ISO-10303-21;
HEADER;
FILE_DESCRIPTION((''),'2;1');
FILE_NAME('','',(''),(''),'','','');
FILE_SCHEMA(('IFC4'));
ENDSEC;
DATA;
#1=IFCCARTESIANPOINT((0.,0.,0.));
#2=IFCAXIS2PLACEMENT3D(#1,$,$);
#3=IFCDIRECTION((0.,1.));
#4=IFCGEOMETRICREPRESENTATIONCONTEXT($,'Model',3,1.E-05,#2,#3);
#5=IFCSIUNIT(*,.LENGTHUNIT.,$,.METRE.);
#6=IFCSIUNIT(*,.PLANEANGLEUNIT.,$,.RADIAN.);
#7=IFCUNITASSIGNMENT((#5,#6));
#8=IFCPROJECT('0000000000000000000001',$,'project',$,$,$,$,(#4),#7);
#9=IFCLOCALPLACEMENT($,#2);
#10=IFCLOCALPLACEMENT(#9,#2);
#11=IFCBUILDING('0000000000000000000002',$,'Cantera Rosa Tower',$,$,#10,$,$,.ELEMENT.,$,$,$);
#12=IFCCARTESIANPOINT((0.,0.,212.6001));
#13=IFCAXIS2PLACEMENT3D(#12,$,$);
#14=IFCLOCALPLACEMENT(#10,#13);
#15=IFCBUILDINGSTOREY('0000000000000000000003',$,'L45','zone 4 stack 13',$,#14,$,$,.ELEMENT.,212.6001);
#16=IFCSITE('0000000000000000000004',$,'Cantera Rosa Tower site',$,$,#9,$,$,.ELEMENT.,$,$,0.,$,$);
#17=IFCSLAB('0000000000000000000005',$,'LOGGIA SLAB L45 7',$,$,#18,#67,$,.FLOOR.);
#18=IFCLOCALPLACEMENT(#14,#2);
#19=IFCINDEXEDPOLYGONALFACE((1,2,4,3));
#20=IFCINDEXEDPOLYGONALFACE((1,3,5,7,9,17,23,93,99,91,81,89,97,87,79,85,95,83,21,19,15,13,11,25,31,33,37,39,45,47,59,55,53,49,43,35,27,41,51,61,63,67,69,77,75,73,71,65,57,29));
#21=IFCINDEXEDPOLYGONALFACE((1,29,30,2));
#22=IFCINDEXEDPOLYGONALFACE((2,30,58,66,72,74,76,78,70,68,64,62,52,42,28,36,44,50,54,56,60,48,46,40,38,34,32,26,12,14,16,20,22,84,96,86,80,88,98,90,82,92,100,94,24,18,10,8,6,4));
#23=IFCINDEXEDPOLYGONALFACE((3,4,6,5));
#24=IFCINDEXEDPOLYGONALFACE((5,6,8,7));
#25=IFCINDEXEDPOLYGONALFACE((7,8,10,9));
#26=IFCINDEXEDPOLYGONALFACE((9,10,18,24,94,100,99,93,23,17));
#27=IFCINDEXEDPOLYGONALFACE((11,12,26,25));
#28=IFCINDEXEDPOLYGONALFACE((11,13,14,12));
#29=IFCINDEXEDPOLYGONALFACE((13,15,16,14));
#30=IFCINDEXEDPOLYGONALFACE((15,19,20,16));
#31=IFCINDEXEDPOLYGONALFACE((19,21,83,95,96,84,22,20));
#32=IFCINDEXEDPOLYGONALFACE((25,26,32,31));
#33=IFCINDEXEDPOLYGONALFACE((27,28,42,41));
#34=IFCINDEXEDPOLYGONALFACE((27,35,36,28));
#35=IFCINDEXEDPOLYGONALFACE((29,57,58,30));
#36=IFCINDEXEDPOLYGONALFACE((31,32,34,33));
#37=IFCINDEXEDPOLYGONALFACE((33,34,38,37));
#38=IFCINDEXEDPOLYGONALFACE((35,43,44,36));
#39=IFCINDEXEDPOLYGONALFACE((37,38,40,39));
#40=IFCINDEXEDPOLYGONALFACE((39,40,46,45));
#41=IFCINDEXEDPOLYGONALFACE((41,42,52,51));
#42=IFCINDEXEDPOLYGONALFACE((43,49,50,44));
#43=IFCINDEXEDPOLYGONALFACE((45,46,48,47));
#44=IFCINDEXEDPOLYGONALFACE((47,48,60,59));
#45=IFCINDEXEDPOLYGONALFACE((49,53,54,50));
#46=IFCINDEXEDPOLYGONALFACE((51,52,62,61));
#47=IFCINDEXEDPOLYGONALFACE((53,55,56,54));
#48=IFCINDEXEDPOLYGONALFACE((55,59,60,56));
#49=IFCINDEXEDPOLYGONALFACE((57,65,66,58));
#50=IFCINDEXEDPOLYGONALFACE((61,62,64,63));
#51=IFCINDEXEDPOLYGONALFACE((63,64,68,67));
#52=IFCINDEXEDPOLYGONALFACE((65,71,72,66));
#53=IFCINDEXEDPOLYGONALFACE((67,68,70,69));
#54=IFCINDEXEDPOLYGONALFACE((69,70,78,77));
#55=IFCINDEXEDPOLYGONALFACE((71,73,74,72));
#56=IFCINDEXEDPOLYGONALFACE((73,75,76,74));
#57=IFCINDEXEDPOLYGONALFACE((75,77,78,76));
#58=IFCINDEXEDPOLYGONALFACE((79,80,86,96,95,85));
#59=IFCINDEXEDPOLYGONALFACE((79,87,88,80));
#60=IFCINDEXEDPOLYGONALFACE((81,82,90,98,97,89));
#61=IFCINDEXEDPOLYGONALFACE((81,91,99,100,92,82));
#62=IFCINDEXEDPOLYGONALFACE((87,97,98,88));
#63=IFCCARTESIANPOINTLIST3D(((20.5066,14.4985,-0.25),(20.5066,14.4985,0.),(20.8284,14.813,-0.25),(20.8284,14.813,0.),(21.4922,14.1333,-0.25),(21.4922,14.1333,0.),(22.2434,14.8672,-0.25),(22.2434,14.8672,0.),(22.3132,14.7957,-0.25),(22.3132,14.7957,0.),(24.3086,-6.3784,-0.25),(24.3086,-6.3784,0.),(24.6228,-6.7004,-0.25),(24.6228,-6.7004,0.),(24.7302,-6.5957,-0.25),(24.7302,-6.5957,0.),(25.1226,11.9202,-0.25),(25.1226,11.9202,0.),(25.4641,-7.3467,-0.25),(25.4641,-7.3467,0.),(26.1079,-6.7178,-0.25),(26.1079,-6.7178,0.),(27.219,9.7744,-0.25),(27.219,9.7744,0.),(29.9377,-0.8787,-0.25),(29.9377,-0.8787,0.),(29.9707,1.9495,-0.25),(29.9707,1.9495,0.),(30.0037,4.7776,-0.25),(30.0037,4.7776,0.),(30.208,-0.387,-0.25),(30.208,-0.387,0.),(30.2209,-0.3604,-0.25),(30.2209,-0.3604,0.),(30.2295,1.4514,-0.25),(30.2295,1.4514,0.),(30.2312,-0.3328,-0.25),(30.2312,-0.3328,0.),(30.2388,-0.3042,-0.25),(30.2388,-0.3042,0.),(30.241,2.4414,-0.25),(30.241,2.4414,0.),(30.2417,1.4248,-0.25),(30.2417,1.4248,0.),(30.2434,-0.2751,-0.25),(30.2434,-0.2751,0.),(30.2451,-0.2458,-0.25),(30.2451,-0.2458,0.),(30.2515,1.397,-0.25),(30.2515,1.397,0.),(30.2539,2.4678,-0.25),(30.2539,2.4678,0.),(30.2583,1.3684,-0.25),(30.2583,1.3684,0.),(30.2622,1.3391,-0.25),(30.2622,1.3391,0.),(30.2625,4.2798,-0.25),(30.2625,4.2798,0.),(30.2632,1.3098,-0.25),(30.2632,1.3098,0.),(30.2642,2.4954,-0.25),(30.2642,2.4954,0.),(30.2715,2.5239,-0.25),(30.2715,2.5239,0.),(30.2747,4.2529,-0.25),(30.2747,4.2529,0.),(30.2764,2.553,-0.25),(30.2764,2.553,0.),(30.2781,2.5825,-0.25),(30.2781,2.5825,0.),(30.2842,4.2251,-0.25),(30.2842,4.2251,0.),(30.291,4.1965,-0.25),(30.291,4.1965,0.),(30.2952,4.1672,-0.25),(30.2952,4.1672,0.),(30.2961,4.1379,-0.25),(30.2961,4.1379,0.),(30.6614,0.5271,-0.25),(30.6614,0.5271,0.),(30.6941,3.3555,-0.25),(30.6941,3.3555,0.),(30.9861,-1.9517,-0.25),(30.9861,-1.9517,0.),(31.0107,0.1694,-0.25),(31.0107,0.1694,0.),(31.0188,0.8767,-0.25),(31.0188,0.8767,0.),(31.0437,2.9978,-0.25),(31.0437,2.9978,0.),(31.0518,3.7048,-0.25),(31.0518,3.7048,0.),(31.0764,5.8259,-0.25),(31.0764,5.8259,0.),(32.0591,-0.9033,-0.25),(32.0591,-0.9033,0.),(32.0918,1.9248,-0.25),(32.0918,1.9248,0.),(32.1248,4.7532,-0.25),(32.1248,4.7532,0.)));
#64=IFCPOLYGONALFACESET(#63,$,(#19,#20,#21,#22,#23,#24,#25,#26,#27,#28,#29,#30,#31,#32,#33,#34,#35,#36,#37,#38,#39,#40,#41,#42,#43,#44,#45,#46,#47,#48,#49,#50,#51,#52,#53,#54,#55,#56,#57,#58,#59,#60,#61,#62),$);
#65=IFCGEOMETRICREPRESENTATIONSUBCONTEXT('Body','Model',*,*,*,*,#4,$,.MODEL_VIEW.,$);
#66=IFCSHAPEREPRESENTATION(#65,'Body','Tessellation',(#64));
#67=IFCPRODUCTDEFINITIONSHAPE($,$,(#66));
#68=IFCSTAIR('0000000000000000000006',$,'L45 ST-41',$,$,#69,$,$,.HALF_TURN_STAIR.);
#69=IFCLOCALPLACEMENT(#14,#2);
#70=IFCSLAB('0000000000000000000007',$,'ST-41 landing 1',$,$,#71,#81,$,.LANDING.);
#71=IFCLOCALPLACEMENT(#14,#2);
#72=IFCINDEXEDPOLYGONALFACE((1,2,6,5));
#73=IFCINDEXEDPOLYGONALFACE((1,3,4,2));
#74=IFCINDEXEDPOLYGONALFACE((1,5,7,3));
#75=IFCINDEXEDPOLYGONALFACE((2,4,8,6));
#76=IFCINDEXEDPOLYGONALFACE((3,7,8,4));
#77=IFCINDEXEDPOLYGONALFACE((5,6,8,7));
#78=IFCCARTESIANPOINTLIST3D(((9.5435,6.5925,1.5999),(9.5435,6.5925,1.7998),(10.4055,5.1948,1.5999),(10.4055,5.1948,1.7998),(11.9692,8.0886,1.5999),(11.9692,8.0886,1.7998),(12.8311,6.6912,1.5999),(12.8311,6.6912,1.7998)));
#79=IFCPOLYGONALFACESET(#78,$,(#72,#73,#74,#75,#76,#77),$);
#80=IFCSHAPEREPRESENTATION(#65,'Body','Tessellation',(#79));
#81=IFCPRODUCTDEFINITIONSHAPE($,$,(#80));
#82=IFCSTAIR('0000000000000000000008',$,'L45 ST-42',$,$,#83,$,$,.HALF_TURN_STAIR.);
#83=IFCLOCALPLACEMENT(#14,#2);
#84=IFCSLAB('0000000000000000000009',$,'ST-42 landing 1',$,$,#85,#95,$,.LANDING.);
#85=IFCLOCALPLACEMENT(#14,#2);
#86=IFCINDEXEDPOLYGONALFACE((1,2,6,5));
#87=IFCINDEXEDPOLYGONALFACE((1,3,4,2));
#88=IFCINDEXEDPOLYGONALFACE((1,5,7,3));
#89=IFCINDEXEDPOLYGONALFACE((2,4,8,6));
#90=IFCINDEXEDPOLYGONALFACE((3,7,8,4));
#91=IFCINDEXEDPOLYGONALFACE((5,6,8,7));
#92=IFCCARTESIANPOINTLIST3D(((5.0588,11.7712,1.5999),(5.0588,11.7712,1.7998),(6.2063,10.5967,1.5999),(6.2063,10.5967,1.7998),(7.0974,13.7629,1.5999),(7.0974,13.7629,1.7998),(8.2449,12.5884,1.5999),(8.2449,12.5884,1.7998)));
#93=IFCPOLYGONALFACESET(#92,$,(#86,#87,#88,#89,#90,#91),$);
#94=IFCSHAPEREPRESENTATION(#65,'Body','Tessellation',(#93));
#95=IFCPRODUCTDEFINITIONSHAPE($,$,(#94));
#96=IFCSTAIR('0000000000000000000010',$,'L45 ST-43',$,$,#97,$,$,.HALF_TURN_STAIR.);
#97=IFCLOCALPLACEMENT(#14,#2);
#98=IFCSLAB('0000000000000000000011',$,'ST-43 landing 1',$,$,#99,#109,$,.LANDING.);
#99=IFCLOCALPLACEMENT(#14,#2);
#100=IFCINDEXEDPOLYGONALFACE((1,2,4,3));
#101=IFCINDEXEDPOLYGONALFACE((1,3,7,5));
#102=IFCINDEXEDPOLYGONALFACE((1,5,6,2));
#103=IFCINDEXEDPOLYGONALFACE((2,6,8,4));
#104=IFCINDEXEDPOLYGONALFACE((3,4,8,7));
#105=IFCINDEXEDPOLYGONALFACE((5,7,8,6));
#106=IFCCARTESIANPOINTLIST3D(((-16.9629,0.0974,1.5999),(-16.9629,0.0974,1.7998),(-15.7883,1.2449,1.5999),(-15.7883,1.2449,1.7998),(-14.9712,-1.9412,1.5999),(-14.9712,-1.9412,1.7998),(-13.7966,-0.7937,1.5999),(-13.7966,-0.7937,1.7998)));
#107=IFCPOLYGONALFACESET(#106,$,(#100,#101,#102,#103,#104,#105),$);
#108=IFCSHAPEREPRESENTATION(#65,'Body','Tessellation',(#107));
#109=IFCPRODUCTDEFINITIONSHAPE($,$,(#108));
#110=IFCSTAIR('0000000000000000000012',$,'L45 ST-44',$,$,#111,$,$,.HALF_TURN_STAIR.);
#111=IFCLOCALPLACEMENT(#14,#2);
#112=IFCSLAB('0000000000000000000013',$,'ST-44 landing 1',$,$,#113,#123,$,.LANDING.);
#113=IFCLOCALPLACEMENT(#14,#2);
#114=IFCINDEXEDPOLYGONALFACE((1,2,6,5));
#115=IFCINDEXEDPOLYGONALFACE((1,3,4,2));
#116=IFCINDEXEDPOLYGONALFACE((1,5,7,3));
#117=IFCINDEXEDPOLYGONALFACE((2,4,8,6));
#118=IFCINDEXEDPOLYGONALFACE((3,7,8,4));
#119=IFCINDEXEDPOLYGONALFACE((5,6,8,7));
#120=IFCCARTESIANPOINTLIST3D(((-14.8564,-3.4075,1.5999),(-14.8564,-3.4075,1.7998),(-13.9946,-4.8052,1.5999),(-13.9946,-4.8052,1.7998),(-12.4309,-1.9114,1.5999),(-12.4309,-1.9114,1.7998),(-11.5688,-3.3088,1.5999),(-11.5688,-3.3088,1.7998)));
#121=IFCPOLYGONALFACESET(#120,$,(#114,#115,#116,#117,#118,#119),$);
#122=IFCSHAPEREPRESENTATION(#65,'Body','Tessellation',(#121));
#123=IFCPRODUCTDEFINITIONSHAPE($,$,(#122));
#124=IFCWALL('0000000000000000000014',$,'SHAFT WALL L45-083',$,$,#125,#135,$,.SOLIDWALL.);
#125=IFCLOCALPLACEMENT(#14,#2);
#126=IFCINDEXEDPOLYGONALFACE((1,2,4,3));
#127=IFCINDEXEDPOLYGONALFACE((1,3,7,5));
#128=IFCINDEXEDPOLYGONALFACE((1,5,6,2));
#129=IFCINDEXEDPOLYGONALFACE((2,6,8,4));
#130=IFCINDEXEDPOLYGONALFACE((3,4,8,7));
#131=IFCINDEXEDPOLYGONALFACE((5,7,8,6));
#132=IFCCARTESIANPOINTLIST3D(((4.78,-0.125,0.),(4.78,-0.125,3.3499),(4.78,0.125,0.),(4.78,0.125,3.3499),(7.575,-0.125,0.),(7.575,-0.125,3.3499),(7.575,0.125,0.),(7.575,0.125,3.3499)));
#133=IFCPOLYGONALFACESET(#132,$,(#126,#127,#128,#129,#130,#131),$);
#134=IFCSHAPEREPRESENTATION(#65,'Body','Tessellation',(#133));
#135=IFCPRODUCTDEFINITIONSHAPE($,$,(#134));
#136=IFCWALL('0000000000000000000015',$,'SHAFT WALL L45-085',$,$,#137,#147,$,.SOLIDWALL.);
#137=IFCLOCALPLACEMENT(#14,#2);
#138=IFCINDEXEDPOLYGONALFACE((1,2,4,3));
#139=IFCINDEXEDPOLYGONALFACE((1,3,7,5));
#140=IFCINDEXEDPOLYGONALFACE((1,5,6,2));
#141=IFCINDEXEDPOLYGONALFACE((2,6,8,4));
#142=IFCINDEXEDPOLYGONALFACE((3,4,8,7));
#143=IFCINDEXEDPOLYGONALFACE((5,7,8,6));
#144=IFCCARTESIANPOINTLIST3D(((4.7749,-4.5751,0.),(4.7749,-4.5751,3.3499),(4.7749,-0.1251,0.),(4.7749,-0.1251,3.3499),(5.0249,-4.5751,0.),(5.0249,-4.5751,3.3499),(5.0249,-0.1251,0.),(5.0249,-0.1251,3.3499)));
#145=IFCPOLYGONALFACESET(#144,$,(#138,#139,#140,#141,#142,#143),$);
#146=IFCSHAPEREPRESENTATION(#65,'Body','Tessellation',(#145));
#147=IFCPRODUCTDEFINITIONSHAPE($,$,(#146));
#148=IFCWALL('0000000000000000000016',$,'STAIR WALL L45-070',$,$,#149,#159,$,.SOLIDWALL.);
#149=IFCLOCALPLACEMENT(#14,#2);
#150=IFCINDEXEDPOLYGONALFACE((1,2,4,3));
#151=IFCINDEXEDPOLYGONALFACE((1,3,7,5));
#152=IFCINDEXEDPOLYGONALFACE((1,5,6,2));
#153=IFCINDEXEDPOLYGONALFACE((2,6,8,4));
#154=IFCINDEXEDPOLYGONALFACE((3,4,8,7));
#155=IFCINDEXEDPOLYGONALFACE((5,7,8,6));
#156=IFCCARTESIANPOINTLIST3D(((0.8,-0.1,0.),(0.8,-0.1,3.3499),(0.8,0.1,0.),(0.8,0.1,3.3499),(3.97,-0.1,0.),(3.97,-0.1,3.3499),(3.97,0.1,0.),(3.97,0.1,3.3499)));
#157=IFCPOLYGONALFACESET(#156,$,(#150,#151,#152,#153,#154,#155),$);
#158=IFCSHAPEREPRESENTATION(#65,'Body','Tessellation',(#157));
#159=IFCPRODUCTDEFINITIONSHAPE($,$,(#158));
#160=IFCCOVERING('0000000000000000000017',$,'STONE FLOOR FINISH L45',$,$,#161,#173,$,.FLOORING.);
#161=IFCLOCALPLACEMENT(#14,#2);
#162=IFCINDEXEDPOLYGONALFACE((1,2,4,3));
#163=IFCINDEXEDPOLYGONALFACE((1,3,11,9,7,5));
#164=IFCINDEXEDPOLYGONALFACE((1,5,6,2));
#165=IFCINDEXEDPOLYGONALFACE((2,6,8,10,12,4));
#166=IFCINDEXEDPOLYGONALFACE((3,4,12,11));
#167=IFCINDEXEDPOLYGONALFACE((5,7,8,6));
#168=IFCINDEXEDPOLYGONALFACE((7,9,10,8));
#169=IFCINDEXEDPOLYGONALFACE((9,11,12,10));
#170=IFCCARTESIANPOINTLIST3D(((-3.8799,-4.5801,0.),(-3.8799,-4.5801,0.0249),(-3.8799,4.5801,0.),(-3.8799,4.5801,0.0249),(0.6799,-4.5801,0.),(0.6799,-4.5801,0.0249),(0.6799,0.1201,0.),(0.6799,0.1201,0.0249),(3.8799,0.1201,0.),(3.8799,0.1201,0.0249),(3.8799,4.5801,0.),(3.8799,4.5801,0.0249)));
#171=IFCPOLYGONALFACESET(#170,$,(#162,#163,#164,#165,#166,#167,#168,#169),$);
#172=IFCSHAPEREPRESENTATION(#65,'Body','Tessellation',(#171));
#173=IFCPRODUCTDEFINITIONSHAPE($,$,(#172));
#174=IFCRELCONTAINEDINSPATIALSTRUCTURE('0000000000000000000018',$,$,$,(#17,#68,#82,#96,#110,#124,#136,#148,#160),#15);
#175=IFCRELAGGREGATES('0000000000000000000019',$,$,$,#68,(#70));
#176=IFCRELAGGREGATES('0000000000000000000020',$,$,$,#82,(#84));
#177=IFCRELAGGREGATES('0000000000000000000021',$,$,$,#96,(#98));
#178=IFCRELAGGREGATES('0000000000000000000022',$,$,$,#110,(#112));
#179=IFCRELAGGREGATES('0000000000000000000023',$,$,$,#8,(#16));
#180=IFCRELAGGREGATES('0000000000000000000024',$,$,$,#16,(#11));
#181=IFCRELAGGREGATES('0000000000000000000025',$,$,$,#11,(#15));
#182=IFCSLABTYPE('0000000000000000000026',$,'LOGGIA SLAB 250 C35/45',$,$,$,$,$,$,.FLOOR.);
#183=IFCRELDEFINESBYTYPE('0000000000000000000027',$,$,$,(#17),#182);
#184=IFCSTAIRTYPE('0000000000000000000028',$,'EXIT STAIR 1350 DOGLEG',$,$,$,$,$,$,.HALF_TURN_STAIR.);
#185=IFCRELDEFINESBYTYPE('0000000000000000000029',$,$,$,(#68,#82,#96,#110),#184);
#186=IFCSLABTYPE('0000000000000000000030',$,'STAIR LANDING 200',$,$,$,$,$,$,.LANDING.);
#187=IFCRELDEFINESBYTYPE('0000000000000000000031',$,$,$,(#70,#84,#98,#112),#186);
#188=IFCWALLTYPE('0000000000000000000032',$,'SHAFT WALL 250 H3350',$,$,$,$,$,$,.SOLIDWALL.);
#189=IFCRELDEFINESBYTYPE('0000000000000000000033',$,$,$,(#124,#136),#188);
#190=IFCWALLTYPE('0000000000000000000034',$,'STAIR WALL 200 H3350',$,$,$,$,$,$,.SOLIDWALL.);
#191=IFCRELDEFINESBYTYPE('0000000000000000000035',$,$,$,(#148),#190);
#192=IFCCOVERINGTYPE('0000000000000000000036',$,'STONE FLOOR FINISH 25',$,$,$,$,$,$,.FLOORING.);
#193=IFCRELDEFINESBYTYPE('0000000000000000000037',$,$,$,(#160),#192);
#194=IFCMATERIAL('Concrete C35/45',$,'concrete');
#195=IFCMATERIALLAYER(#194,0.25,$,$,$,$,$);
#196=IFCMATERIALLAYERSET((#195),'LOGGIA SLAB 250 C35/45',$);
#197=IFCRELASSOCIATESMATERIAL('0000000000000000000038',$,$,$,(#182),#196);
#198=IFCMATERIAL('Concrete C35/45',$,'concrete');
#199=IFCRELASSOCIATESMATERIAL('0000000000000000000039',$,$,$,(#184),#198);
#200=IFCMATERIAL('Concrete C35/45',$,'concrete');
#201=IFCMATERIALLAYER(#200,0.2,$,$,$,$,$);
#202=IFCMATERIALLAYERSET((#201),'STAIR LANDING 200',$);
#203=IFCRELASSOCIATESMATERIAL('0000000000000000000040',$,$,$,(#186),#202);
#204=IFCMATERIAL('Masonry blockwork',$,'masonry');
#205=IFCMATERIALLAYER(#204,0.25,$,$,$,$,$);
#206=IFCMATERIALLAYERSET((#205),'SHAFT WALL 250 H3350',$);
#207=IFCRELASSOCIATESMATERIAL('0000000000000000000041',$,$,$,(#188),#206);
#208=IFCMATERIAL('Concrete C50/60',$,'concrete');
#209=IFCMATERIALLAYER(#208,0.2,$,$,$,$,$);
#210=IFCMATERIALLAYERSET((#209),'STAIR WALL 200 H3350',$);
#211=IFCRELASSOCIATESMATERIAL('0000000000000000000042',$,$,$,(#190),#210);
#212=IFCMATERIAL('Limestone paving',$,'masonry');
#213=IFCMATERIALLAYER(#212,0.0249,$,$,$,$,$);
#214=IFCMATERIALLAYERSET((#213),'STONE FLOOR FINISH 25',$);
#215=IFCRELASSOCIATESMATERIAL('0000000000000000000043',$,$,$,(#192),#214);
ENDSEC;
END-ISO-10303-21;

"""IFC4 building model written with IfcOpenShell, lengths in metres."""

from ifc_helpers import new_model, si_unit, direction, frame, frame_2d, origin, place, context, subcontext, project, spatial, polyline, rectangle, outline, extrude, material, layer, layer_set, type_object, element, aggregate, save


model = new_model("IFC4")

# Units and contexts
model_context = context("Model", 3, precision=1e-05, world=origin(), true_north=direction((0.0, 1.0)))
body_context = subcontext(model_context, "Body", "Model", "MODEL_VIEW")
ifc_project = project(units=[si_unit("LENGTHUNIT", "METRE"), si_unit("PLANEANGLEUNIT", "RADIAN")], contexts=[model_context])

# Site, building, storey
site_placement = place(None, origin())
site = spatial("IfcSite", under=ifc_project, at=site_placement, Name="Cantera Rosa Tower site", CompositionType="ELEMENT", RefElevation=0.0)
building_placement = place(site_placement, origin())
building = spatial("IfcBuilding", under=site, at=building_placement, Name="Cantera Rosa Tower", CompositionType="ELEMENT")
storey_placement = place(building_placement, frame((0.0, 0.0, 212.6001)))
storey = spatial("IfcBuildingStorey", under=building, at=storey_placement, Name="L45", Description="zone 4 stack 13", CompositionType="ELEMENT", Elevation=212.6001)

# Slab
ifc_material_1 = material(Name="Concrete C35/45", Category="concrete")
ifc_layer_1 = layer(ifc_material_1, 0.25)
ifc_layer_set_1 = layer_set([ifc_layer_1], Name="LOGGIA SLAB 250 C35/45")
slab_type_1 = type_object("IfcSlabType", Name="LOGGIA SLAB 250 C35/45", PredefinedType="FLOOR", material=ifc_layer_set_1)
slab_1_placement = place(storey_placement, frame((0.0, 0.0, -0.25)))
element("IfcSlab", 1, at=slab_1_placement, inside=storey, type_object=slab_type_1, Name="LOGGIA SLAB L45 7", PredefinedType="FLOOR", context=body_context, shape_type="SweptSolid", body=[
    extrude(outline(polyline([(27.219, 9.7744), (31.0764, 5.8259), (32.1248, 4.7532), (31.0518, 3.7048), (30.6941, 3.3555), (31.0437, 2.9978), (32.0918, 1.9248), (31.0188, 0.8767), (30.6614, 0.5271), (31.0107, 0.1694), (32.0591, -0.9033), (30.9861, -1.9517), (26.1079, -6.7178), (25.4641, -7.3467), (24.7302, -6.5957), (24.6228, -6.7004), (24.3086, -6.3784), (29.9377, -0.8787), (30.208, -0.387), (30.2209, -0.3604), (30.2312, -0.3328), (30.2388, -0.3042), (30.2434, -0.2751), (30.2451, -0.2458), (30.2632, 1.3098), (30.2622, 1.3391), (30.2583, 1.3684), (30.2515, 1.397), (30.2417, 1.4248), (30.2295, 1.4514), (29.9707, 1.9495), (30.241, 2.4414), (30.2539, 2.4678), (30.2642, 2.4954), (30.2715, 2.5239), (30.2764, 2.553), (30.2781, 2.5825), (30.2961, 4.1379), (30.2952, 4.1672), (30.291, 4.1965), (30.2842, 4.2251), (30.2747, 4.2529), (30.2625, 4.2798), (30.0037, 4.7776), (20.5066, 14.4985), (20.8284, 14.813), (21.4922, 14.1333), (22.2434, 14.8672), (22.3132, 14.7957), (25.1226, 11.9202), (27.219, 9.7744)])), origin(), (0.0, 0.0, 1.0), 0.25),
])

# Stairs, slabs
ifc_material_2 = material(Name="Concrete C35/45", Category="concrete")
stair_type = type_object("IfcStairType", Name="EXIT STAIR 1350 DOGLEG", PredefinedType="HALF_TURN_STAIR", material=ifc_material_2)
stair_1_placement = place(storey_placement, origin())
stair_1 = element("IfcStair", 2, at=stair_1_placement, inside=storey, type_object=stair_type, Name="L45 ST-41", PredefinedType="HALF_TURN_STAIR")
ifc_material_3 = material(Name="Concrete C35/45", Category="concrete")
ifc_layer_2 = layer(ifc_material_3, 0.2)
ifc_layer_set_2 = layer_set([ifc_layer_2], Name="STAIR LANDING 200")
slab_type_2 = type_object("IfcSlabType", Name="STAIR LANDING 200", PredefinedType="LANDING", material=ifc_layer_set_2)
slab_2_placement = place(storey_placement, frame((0.0, 0.0, 1.5999)))
slab_2 = element("IfcSlab", 3, at=slab_2_placement, type_object=slab_type_2, Name="ST-41 landing 1", PredefinedType="LANDING", context=body_context, shape_type="SweptSolid", body=[
    extrude(outline(polyline([(12.8311, 6.6912), (11.9692, 8.0886), (9.5435, 6.5925), (10.4055, 5.1948), (12.8311, 6.6912)])), origin(), (0.0, 0.0, 1.0), 0.2),
])
aggregate(stair_1, [slab_2])
stair_2_placement = place(storey_placement, origin())
stair_2 = element("IfcStair", 4, at=stair_2_placement, inside=storey, type_object=stair_type, Name="L45 ST-42", PredefinedType="HALF_TURN_STAIR")
slab_3_placement = place(storey_placement, frame((0.0, 0.0, 1.5999)))
slab_3 = element("IfcSlab", 5, at=slab_3_placement, type_object=slab_type_2, Name="ST-42 landing 1", PredefinedType="LANDING", context=body_context, shape_type="SweptSolid", body=[
    extrude(outline(polyline([(8.2449, 12.5884), (7.0974, 13.7629), (5.0588, 11.7712), (6.2063, 10.5967), (8.2449, 12.5884)])), origin(), (0.0, 0.0, 1.0), 0.2),
])
aggregate(stair_2, [slab_3])
stair_3_placement = place(storey_placement, origin())
stair_3 = element("IfcStair", 6, at=stair_3_placement, inside=storey, type_object=stair_type, Name="L45 ST-43", PredefinedType="HALF_TURN_STAIR")
slab_4_placement = place(storey_placement, frame((0.0, 0.0, 1.5999)))
slab_4 = element("IfcSlab", 7, at=slab_4_placement, type_object=slab_type_2, Name="ST-43 landing 1", PredefinedType="LANDING", context=body_context, shape_type="SweptSolid", body=[
    extrude(outline(polyline([(-15.7883, 1.2449), (-16.9629, 0.0974), (-14.9712, -1.9412), (-13.7966, -0.7937), (-15.7883, 1.2449)])), origin(), (0.0, 0.0, 1.0), 0.2),
])
aggregate(stair_3, [slab_4])
stair_4_placement = place(storey_placement, origin())
stair_4 = element("IfcStair", 8, at=stair_4_placement, inside=storey, type_object=stair_type, Name="L45 ST-44", PredefinedType="HALF_TURN_STAIR")
slab_5_placement = place(storey_placement, frame((0.0, 0.0, 1.5999)))
slab_5 = element("IfcSlab", 9, at=slab_5_placement, type_object=slab_type_2, Name="ST-44 landing 1", PredefinedType="LANDING", context=body_context, shape_type="SweptSolid", body=[
    extrude(outline(polyline([(-11.5688, -3.3088), (-12.4309, -1.9114), (-14.8564, -3.4075), (-13.9946, -4.8052), (-11.5688, -3.3088)])), origin(), (0.0, 0.0, 1.0), 0.2),
])
aggregate(stair_4, [slab_5])

# Walls
ifc_material_4 = material(Name="Masonry blockwork", Category="masonry")
ifc_layer_3 = layer(ifc_material_4, 0.25)
ifc_layer_set_3 = layer_set([ifc_layer_3], Name="SHAFT WALL 250 H3350")
wall_type_1 = type_object("IfcWallType", Name="SHAFT WALL 250 H3350", PredefinedType="SOLIDWALL", material=ifc_layer_set_3)
wall_1_placement = place(storey_placement, frame((4.78, 0.0, 0.0), z_axis=(0.0, 0.0, 1.0), x_axis=(1.0, 0.0, 0.0)))
element("IfcWall", 10, at=wall_1_placement, inside=storey, type_object=wall_type_1, Name="SHAFT WALL L45-083", PredefinedType="SOLIDWALL", context=body_context, shape_type="SweptSolid", body=[
    extrude(rectangle(XDim=2.7949, YDim=0.25, at=frame_2d((1.3975, 0.0))), origin(), (0.0, 0.0, 1.0), 3.3499),
])
wall_2_placement = place(storey_placement, frame((4.8999, -0.125, 0.0), z_axis=(0.0, 0.0, 1.0), x_axis=(0.0, -1.0, 0.0)))
element("IfcWall", 11, at=wall_2_placement, inside=storey, type_object=wall_type_1, Name="SHAFT WALL L45-085", PredefinedType="SOLIDWALL", context=body_context, shape_type="SweptSolid", body=[
    extrude(rectangle(XDim=4.45, YDim=0.25, at=frame_2d((2.2251, 0.0))), origin(), (0.0, 0.0, 1.0), 3.3499),
])
ifc_material_5 = material(Name="Concrete C50/60", Category="concrete")
ifc_layer_4 = layer(ifc_material_5, 0.2)
ifc_layer_set_4 = layer_set([ifc_layer_4], Name="STAIR WALL 200 H3350")
wall_type_2 = type_object("IfcWallType", Name="STAIR WALL 200 H3350", PredefinedType="SOLIDWALL", material=ifc_layer_set_4)
wall_3_placement = place(storey_placement, frame((0.8, 0.0, 0.0), z_axis=(0.0, 0.0, 1.0), x_axis=(1.0, 0.0, 0.0)))
element("IfcWall", 12, at=wall_3_placement, inside=storey, type_object=wall_type_2, Name="STAIR WALL L45-070", PredefinedType="SOLIDWALL", context=body_context, shape_type="SweptSolid", body=[
    extrude(rectangle(XDim=3.1699, YDim=0.2, at=frame_2d((1.585, 0.0))), origin(), (0.0, 0.0, 1.0), 3.3499),
])

# Covering
ifc_material_6 = material(Name="Limestone paving", Category="masonry")
ifc_layer_5 = layer(ifc_material_6, 0.0249)
ifc_layer_set_5 = layer_set([ifc_layer_5], Name="STONE FLOOR FINISH 25")
covering_type_1 = type_object("IfcCoveringType", Name="STONE FLOOR FINISH 25", PredefinedType="FLOORING", material=ifc_layer_set_5)
covering_1_placement = place(storey_placement, origin())
element("IfcCovering", 13, at=covering_1_placement, inside=storey, type_object=covering_type_1, Name="STONE FLOOR FINISH L45", PredefinedType="FLOORING", context=body_context, shape_type="SweptSolid", body=[
    extrude(outline(polyline([(3.8799, 4.5801), (3.8799, 0.1201), (0.6799, 0.1201), (0.6799, -4.5801), (-3.8799, -4.5801), (-3.8799, 4.5801), (3.8799, 4.5801)])), origin(), (0.0, 0.0, 1.0), 0.0249),
])

save(model, "model.ifc")
